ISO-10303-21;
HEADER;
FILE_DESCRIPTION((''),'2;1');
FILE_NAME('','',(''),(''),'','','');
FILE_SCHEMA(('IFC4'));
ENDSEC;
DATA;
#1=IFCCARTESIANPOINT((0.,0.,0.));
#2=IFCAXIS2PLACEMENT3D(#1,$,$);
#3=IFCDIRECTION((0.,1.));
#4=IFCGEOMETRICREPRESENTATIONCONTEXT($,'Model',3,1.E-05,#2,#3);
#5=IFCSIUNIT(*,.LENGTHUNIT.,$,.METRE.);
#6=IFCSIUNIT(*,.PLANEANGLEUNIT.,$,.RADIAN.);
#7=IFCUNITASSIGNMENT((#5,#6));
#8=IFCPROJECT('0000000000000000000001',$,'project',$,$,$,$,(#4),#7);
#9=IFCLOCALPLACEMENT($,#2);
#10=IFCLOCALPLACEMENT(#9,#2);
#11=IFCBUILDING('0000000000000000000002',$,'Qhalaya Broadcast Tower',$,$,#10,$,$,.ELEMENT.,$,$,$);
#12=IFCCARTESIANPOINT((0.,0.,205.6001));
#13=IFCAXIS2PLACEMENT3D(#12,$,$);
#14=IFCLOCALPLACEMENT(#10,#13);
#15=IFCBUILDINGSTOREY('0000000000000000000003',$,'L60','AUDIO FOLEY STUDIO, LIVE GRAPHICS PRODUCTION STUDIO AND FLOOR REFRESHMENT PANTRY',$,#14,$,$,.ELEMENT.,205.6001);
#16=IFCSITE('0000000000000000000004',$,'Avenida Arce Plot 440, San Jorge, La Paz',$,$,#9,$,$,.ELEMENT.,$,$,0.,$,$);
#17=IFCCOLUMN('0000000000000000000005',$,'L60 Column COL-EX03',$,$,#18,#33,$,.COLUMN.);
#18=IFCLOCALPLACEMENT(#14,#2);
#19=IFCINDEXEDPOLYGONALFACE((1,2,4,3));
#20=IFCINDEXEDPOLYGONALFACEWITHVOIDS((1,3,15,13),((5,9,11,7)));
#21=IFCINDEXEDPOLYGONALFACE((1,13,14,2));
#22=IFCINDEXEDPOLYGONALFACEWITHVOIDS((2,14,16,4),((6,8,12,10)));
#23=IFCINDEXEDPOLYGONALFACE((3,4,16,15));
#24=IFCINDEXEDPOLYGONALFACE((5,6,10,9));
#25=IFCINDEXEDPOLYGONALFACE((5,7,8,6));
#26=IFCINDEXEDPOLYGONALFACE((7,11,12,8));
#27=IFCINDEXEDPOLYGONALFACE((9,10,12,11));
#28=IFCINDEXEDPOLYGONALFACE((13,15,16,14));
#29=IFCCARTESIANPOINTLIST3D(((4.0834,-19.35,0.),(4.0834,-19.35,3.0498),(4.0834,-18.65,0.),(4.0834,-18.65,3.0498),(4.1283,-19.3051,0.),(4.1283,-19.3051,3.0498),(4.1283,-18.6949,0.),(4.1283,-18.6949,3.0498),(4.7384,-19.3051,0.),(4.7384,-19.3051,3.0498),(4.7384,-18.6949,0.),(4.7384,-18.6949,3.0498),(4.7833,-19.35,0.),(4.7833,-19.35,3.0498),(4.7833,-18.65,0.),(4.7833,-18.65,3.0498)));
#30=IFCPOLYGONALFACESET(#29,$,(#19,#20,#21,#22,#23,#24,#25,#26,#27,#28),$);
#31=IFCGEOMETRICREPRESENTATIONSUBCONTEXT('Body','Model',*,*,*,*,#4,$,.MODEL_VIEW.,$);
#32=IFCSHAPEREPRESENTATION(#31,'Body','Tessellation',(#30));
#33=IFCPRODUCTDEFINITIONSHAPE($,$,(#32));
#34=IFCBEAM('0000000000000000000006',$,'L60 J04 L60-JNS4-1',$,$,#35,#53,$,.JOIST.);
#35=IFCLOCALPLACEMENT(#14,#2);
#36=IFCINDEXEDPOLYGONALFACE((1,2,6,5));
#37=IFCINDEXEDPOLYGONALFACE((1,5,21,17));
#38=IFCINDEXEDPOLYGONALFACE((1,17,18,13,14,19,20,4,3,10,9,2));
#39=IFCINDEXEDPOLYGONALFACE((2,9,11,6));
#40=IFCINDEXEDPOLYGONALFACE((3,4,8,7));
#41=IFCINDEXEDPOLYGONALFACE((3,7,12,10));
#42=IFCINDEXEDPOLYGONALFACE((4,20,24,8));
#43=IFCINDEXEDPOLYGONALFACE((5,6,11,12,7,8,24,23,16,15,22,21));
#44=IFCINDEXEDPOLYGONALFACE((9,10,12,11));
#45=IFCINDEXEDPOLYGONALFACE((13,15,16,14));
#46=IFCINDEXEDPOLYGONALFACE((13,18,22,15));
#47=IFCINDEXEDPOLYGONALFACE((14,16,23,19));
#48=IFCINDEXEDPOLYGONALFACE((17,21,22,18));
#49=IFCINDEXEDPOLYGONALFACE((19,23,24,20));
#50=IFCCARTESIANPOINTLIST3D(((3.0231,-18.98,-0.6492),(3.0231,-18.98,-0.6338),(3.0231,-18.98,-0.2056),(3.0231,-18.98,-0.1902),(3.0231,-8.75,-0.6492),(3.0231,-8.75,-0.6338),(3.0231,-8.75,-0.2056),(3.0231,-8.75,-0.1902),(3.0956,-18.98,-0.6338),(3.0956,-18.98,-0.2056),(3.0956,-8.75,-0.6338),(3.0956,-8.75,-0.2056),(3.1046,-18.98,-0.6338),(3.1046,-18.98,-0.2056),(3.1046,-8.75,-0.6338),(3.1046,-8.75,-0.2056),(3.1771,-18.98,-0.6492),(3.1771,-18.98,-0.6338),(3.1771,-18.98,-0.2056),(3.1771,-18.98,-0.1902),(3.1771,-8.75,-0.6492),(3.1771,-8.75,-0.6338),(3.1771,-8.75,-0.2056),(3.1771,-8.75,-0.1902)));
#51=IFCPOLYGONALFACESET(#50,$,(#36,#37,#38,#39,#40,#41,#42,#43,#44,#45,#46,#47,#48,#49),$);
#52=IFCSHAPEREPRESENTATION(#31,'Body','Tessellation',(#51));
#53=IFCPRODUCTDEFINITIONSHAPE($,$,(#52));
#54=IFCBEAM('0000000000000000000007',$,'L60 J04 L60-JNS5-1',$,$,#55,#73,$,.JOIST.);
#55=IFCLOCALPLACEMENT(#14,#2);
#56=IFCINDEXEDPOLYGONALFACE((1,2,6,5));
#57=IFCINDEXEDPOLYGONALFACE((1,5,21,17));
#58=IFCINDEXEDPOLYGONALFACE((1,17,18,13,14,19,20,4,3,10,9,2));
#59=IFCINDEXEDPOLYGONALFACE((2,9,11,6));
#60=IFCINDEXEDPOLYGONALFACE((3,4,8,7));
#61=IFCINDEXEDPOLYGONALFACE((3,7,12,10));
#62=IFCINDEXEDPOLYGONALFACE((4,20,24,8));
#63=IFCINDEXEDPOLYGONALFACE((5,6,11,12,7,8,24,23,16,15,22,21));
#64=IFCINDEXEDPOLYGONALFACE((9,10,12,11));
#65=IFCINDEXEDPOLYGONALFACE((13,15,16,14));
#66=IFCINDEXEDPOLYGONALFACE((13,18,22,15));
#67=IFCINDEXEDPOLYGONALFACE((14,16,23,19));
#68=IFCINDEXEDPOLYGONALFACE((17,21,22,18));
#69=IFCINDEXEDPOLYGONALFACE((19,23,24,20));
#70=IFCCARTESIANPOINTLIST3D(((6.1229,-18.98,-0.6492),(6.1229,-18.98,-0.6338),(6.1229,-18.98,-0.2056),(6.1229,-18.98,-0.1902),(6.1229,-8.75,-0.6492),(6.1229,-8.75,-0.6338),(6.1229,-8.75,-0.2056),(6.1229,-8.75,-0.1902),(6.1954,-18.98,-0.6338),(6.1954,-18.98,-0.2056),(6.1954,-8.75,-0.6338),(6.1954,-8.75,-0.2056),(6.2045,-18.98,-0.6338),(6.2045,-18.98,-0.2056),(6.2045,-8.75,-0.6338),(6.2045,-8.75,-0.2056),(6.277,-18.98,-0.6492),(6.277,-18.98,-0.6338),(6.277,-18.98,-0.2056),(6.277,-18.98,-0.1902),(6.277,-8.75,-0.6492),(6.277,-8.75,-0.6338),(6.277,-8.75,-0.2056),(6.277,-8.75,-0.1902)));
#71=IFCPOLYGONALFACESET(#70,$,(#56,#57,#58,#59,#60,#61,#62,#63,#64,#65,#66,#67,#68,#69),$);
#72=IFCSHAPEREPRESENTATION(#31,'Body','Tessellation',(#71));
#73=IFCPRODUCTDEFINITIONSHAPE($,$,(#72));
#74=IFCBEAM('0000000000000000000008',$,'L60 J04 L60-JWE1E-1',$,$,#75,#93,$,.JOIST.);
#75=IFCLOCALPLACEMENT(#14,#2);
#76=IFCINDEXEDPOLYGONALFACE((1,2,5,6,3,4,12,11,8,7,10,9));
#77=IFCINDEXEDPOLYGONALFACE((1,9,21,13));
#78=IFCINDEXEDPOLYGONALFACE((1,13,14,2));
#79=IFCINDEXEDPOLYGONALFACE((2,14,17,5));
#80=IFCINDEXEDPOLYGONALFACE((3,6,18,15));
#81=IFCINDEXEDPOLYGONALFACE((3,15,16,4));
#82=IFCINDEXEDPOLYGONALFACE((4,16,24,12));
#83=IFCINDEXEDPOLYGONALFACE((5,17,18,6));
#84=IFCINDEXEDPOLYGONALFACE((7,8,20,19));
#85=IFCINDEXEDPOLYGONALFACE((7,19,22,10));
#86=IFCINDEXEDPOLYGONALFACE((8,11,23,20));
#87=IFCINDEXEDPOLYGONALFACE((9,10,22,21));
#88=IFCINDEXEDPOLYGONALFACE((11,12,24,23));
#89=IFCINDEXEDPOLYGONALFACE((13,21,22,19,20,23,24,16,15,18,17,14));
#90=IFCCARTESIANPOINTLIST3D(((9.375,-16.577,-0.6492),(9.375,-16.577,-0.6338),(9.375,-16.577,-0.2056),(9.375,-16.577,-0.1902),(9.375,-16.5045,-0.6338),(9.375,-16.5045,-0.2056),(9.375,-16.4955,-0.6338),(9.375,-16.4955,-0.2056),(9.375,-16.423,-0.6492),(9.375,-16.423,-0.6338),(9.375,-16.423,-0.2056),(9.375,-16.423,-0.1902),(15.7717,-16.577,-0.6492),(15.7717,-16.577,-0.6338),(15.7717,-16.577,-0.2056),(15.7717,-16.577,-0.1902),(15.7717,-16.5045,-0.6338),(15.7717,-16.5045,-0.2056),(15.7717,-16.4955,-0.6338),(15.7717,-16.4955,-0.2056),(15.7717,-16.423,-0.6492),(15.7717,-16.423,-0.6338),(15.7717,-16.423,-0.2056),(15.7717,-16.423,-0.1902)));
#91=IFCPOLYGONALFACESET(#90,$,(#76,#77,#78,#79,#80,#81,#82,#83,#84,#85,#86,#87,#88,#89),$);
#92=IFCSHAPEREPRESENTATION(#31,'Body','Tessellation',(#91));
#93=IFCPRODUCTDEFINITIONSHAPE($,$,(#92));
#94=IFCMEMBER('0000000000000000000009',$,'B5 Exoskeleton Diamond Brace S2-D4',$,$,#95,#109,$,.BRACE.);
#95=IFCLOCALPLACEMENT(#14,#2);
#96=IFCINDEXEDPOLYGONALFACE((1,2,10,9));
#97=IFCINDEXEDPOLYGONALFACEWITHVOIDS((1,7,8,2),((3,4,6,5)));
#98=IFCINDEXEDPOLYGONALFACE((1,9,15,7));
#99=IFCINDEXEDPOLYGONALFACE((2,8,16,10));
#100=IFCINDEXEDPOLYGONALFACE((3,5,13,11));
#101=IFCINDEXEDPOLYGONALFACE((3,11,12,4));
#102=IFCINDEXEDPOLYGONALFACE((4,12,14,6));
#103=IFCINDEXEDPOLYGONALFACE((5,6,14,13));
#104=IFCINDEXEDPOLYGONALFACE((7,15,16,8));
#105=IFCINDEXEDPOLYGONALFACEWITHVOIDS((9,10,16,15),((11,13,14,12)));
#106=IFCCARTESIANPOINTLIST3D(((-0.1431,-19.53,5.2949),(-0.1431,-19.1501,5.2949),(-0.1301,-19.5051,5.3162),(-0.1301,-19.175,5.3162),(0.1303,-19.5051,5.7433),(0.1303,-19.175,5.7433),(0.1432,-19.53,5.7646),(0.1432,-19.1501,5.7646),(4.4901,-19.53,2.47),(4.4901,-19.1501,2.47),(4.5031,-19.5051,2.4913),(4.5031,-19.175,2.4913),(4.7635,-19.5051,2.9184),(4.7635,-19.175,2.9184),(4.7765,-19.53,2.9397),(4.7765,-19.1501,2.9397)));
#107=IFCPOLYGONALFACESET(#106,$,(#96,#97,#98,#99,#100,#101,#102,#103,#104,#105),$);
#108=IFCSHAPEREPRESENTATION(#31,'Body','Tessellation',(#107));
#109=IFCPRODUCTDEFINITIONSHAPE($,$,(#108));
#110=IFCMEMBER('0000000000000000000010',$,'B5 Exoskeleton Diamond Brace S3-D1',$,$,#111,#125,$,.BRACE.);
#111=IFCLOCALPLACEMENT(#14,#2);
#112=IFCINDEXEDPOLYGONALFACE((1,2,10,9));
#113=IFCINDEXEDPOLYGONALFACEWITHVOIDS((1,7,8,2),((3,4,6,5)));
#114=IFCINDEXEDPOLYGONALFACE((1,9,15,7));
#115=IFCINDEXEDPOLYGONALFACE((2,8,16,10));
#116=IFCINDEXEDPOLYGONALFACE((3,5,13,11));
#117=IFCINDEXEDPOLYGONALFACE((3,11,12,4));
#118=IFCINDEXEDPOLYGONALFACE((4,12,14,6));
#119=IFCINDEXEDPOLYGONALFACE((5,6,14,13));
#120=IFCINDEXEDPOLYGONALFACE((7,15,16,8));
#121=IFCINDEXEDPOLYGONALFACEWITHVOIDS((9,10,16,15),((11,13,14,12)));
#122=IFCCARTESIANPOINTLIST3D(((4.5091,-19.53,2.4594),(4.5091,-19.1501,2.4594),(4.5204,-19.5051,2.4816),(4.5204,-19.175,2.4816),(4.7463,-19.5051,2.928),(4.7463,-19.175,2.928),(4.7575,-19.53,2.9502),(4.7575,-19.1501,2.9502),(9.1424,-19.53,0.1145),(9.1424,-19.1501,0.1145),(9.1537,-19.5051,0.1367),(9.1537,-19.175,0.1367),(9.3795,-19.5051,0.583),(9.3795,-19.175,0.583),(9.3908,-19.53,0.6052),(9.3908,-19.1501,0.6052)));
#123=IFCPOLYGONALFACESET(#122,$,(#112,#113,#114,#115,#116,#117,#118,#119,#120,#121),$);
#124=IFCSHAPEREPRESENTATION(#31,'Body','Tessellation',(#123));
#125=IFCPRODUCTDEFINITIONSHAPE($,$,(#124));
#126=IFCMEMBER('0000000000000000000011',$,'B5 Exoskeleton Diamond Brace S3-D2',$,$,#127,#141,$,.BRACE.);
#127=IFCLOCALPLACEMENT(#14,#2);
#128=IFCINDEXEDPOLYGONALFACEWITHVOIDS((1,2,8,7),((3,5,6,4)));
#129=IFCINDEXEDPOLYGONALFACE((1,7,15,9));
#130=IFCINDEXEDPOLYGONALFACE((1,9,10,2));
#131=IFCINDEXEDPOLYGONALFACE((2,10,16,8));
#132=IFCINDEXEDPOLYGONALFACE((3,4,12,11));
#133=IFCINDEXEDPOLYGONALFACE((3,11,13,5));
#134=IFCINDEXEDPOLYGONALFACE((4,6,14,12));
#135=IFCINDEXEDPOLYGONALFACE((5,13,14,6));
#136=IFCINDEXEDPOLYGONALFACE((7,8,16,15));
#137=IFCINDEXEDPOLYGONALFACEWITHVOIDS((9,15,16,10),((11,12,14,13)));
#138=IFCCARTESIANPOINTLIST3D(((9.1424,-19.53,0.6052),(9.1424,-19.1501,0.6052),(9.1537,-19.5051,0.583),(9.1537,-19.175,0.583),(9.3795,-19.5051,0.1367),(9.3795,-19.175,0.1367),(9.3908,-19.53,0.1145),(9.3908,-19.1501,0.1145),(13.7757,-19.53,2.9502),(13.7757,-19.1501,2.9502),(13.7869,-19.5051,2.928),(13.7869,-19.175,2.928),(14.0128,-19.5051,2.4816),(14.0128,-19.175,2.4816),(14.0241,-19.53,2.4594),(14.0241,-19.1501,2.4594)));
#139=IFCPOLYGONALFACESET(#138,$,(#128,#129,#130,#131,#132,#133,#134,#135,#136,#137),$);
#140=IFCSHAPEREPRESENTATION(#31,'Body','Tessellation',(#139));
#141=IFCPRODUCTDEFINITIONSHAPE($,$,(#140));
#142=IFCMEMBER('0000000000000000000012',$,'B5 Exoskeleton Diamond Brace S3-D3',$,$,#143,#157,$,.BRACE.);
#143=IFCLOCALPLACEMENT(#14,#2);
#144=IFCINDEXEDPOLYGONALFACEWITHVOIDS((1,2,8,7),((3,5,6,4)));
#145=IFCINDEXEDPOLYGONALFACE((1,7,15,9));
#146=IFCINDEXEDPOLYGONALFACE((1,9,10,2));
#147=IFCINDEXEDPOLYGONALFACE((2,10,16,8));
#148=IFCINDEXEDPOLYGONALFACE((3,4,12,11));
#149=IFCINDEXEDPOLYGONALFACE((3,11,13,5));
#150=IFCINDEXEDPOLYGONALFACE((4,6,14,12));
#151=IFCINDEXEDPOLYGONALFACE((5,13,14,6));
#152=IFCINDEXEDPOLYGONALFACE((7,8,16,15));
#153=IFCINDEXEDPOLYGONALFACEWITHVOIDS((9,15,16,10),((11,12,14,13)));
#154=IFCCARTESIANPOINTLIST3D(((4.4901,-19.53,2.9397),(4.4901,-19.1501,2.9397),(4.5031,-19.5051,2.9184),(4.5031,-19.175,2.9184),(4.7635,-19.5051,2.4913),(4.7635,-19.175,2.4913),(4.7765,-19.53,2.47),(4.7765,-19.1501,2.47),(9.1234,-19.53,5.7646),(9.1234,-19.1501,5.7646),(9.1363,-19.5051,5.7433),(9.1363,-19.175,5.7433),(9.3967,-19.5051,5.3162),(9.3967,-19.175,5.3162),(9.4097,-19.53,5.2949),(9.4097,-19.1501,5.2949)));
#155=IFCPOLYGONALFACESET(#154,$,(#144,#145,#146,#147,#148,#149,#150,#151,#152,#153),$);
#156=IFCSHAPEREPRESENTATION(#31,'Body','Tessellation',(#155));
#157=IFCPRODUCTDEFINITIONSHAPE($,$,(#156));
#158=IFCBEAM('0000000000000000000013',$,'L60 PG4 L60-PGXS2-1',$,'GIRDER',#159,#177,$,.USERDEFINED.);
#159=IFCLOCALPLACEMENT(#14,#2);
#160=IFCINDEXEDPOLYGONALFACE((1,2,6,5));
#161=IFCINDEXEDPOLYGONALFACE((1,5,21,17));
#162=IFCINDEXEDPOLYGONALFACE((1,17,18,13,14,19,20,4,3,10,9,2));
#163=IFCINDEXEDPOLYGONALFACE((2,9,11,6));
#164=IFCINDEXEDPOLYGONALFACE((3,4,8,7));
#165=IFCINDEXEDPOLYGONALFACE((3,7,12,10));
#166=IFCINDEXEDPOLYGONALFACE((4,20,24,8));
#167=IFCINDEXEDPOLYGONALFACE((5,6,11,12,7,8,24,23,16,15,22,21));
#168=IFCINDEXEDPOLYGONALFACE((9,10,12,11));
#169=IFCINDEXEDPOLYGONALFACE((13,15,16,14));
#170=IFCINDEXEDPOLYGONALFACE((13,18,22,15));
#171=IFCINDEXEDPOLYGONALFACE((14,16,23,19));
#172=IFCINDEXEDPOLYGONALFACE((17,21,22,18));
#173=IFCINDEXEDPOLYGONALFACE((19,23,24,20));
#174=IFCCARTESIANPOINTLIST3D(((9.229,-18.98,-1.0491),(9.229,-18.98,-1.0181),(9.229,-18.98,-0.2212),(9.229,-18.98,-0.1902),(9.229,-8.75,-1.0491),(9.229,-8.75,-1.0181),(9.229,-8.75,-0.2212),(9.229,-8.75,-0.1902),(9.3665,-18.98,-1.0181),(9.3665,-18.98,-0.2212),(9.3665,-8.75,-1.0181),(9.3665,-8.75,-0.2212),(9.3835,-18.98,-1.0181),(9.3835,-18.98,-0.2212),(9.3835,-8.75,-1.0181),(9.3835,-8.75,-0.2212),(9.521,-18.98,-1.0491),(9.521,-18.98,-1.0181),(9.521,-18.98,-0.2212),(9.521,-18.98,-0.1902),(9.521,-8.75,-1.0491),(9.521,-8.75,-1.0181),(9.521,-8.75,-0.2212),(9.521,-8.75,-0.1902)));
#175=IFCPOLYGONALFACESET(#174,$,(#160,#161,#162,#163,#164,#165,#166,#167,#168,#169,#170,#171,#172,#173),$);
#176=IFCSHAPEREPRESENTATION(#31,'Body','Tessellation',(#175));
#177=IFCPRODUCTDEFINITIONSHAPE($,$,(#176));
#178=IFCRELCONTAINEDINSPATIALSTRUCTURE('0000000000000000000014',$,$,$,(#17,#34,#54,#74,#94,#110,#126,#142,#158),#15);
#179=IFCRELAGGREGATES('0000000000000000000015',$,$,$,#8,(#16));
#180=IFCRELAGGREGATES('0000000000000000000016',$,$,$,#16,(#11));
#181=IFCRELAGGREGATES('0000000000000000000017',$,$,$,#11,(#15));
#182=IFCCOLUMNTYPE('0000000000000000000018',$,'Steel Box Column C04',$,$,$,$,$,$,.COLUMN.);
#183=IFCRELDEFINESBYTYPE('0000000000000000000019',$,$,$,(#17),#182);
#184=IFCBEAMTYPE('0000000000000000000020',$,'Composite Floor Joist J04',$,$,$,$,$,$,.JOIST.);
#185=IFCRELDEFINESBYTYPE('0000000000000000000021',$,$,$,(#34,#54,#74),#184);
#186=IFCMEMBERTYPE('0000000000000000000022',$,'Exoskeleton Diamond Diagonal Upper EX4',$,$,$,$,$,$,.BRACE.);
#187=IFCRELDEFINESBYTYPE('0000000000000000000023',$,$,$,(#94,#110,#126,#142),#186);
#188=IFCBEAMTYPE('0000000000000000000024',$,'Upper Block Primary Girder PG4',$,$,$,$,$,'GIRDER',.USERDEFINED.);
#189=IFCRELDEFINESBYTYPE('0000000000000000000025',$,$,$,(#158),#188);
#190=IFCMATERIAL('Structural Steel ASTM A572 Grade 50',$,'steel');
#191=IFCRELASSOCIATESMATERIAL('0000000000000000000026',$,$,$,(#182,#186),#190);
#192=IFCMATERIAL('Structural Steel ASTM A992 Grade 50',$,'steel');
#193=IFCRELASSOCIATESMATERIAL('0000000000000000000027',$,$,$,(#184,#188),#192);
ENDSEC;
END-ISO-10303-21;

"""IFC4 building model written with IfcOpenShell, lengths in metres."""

from ifc_helpers import new_model, si_unit, direction, frame, origin, origin_2d, place, context, subcontext, project, spatial, hollow_rectangle, i_section, extrude, material, material_profile, profile_set, type_object, element, save


model = new_model("IFC4")

# Units and contexts
model_context = context("Model", 3, precision=1e-05, world=origin(), true_north=direction((0.0, 1.0)))
body_context = subcontext(model_context, "Body", "Model", "MODEL_VIEW")
ifc_project = project(units=[si_unit("LENGTHUNIT", "METRE"), si_unit("PLANEANGLEUNIT", "RADIAN")], contexts=[model_context])

# Site, building, storey
site_placement = place(None, origin())
site = spatial("IfcSite", under=ifc_project, at=site_placement, Name="Avenida Arce Plot 440, San Jorge, La Paz", CompositionType="ELEMENT", RefElevation=0.0)
building_placement = place(site_placement, origin())
building = spatial("IfcBuilding", under=site, at=building_placement, Name="Qhalaya Broadcast Tower", CompositionType="ELEMENT")
storey_placement = place(building_placement, frame((0.0, 0.0, 205.6001)))
storey = spatial("IfcBuildingStorey", under=building, at=storey_placement, Name="L60", Description="AUDIO FOLEY STUDIO, LIVE GRAPHICS PRODUCTION STUDIO AND FLOOR REFRESHMENT PANTRY", CompositionType="ELEMENT", Elevation=205.6001)

# Column
ifc_material_1 = material(Name="Structural Steel ASTM A572 Grade 50", Category="steel")
ifc_material_profile_1 = material_profile(ifc_material_1, hollow_rectangle(XDim=0.7, YDim=0.7, WallThickness=0.0449, at=origin_2d()), Name="BOX 700x700x45")
ifc_profile_set_1 = profile_set([ifc_material_profile_1], Name="Structural Steel ASTM A572 Grade 50")
column_type = type_object("IfcColumnType", Name="Steel Box Column C04", PredefinedType="COLUMN", material=ifc_profile_set_1)
column_placement = place(storey_placement, frame((4.4333, -19.0, 0.0), z_axis=(0.0, 0.0, 1.0), x_axis=(1.0, 0.0, 0.0)))
element("IfcColumn", 1, at=column_placement, inside=storey, type_object=column_type, Name="L60 Column COL-EX03", PredefinedType="COLUMN", context=body_context, shape_type="SweptSolid", body=[
    extrude(hollow_rectangle(XDim=0.7, YDim=0.7, WallThickness=0.0449, at=origin_2d()), origin(), (0.0, 0.0, 1.0), 3.0498),
])

# Beams
ifc_material_2 = material(Name="Structural Steel ASTM A992 Grade 50", Category="steel")
ifc_material_profile_2 = material_profile(ifc_material_2, i_section(OverallWidth=0.1541, OverallDepth=0.459, WebThickness=0.009, FlangeThickness=0.0154, at=origin_2d()), Name="W18X46")
ifc_profile_set_2 = profile_set([ifc_material_profile_2], Name="Structural Steel ASTM A992 Grade 50")
beam_type_1 = type_object("IfcBeamType", Name="Composite Floor Joist J04", PredefinedType="JOIST", material=ifc_profile_set_2)
for number, where, z_axis, x_axis, name in (
    (2, (3.1001, -18.98, -0.4197), (0.0, 1.0, 0.0), (-1.0, 0.0, 0.0), "L60 J04 L60-JNS4-1"),
    (3, (6.2, -18.98, -0.4197), (0.0, 1.0, 0.0), (-1.0, 0.0, 0.0), "L60 J04 L60-JNS5-1"),
):
    element("IfcBeam", number, at=place(storey_placement, frame(where, z_axis=z_axis, x_axis=x_axis)), inside=storey, type_object=beam_type_1, Name=name, PredefinedType="JOIST", context=body_context, shape_type="SweptSolid", body=[
        extrude(i_section(OverallWidth=0.1541, OverallDepth=0.459, WebThickness=0.009, FlangeThickness=0.0154, at=origin_2d()), origin(), (0.0, 0.0, 1.0), 10.23),
    ])
beam_1_placement = place(storey_placement, frame((9.375, -16.5, -0.4197), z_axis=(1.0, 0.0, 0.0), x_axis=(0.0, 1.0, 0.0)))
element("IfcBeam", 4, at=beam_1_placement, inside=storey, type_object=beam_type_1, Name="L60 J04 L60-JWE1E-1", PredefinedType="JOIST", context=body_context, shape_type="SweptSolid", body=[
    extrude(i_section(OverallWidth=0.1541, OverallDepth=0.459, WebThickness=0.009, FlangeThickness=0.0154, at=origin_2d()), origin(), (0.0, 0.0, 1.0), 6.3967),
])

# Members
ifc_material_profile_3 = material_profile(ifc_material_1, hollow_rectangle(XDim=0.3799, YDim=0.55, WallThickness=0.0249, at=origin_2d()), Name="BOX 380x550x25")
ifc_profile_set_3 = profile_set([ifc_material_profile_3], Name="Structural Steel ASTM A572 Grade 50")
member_type = type_object("IfcMemberType", Name="Exoskeleton Diamond Diagonal Upper EX4", PredefinedType="BRACE", material=ifc_profile_set_3)
member_1_placement = place(storey_placement, frame((4.6333, -19.3401, 2.7048), z_axis=(-0.853815, 0.0, 0.520576), x_axis=(0.0, -1.0, 0.0)))
element("IfcMember", 5, at=member_1_placement, inside=storey, type_object=member_type, Name="B5 Exoskeleton Diamond Brace S2-D4", PredefinedType="BRACE", context=body_context, shape_type="SweptSolid", body=[
    extrude(hollow_rectangle(XDim=0.3799, YDim=0.55, WallThickness=0.0249, at=origin_2d()), origin(), (0.0, 0.0, 1.0), 5.4265),
])
for number, where, z_axis, x_axis, name in (
    (6, (9.2666, -19.3401, 0.3599), (-0.892235, 0.0, 0.451571), (0.0, -1.0, 0.0), "B5 Exoskeleton Diamond Brace S3-D1"),
    (7, (9.2666, -19.3401, 0.3599), (0.892235, 0.0, 0.451571), (0.0, 1.0, 0.0), "B5 Exoskeleton Diamond Brace S3-D2"),
):
    element("IfcMember", number, at=place(storey_placement, frame(where, z_axis=z_axis, x_axis=x_axis)), inside=storey, type_object=member_type, Name=name, PredefinedType="BRACE", context=body_context, shape_type="SweptSolid", body=[
        extrude(hollow_rectangle(XDim=0.3799, YDim=0.55, WallThickness=0.0249, at=origin_2d()), origin(), (0.0, 0.0, 1.0), 5.1929),
    ])
member_2_placement = place(storey_placement, frame((4.6333, -19.3401, 2.7048), z_axis=(0.853815, 0.0, 0.520576), x_axis=(0.0, 1.0, 0.0)))
element("IfcMember", 8, at=member_2_placement, inside=storey, type_object=member_type, Name="B5 Exoskeleton Diamond Brace S3-D3", PredefinedType="BRACE", context=body_context, shape_type="SweptSolid", body=[
    extrude(hollow_rectangle(XDim=0.3799, YDim=0.55, WallThickness=0.0249, at=origin_2d()), origin(), (0.0, 0.0, 1.0), 5.4265),
])

# Beam
ifc_material_profile_4 = material_profile(ifc_material_2, i_section(OverallWidth=0.292, OverallDepth=0.8589, WebThickness=0.0171, FlangeThickness=0.031, at=origin_2d()), Name="W33X169")
ifc_profile_set_4 = profile_set([ifc_material_profile_4], Name="Structural Steel ASTM A992 Grade 50")
beam_type_2 = type_object("IfcBeamType", Name="Upper Block Primary Girder PG4", ElementType="GIRDER", PredefinedType="USERDEFINED", material=ifc_profile_set_4)
beam_2_placement = place(storey_placement, frame((9.375, -18.98, -0.6196), z_axis=(0.0, 1.0, 0.0), x_axis=(-1.0, 0.0, 0.0)))
element("IfcBeam", 9, at=beam_2_placement, inside=storey, type_object=beam_type_2, Name="L60 PG4 L60-PGXS2-1", ObjectType="GIRDER", PredefinedType="USERDEFINED", context=body_context, shape_type="SweptSolid", body=[
    extrude(i_section(OverallWidth=0.292, OverallDepth=0.8589, WebThickness=0.0171, FlangeThickness=0.031, at=origin_2d()), origin(), (0.0, 0.0, 1.0), 10.23),
])

save(model, "model.ifc")
